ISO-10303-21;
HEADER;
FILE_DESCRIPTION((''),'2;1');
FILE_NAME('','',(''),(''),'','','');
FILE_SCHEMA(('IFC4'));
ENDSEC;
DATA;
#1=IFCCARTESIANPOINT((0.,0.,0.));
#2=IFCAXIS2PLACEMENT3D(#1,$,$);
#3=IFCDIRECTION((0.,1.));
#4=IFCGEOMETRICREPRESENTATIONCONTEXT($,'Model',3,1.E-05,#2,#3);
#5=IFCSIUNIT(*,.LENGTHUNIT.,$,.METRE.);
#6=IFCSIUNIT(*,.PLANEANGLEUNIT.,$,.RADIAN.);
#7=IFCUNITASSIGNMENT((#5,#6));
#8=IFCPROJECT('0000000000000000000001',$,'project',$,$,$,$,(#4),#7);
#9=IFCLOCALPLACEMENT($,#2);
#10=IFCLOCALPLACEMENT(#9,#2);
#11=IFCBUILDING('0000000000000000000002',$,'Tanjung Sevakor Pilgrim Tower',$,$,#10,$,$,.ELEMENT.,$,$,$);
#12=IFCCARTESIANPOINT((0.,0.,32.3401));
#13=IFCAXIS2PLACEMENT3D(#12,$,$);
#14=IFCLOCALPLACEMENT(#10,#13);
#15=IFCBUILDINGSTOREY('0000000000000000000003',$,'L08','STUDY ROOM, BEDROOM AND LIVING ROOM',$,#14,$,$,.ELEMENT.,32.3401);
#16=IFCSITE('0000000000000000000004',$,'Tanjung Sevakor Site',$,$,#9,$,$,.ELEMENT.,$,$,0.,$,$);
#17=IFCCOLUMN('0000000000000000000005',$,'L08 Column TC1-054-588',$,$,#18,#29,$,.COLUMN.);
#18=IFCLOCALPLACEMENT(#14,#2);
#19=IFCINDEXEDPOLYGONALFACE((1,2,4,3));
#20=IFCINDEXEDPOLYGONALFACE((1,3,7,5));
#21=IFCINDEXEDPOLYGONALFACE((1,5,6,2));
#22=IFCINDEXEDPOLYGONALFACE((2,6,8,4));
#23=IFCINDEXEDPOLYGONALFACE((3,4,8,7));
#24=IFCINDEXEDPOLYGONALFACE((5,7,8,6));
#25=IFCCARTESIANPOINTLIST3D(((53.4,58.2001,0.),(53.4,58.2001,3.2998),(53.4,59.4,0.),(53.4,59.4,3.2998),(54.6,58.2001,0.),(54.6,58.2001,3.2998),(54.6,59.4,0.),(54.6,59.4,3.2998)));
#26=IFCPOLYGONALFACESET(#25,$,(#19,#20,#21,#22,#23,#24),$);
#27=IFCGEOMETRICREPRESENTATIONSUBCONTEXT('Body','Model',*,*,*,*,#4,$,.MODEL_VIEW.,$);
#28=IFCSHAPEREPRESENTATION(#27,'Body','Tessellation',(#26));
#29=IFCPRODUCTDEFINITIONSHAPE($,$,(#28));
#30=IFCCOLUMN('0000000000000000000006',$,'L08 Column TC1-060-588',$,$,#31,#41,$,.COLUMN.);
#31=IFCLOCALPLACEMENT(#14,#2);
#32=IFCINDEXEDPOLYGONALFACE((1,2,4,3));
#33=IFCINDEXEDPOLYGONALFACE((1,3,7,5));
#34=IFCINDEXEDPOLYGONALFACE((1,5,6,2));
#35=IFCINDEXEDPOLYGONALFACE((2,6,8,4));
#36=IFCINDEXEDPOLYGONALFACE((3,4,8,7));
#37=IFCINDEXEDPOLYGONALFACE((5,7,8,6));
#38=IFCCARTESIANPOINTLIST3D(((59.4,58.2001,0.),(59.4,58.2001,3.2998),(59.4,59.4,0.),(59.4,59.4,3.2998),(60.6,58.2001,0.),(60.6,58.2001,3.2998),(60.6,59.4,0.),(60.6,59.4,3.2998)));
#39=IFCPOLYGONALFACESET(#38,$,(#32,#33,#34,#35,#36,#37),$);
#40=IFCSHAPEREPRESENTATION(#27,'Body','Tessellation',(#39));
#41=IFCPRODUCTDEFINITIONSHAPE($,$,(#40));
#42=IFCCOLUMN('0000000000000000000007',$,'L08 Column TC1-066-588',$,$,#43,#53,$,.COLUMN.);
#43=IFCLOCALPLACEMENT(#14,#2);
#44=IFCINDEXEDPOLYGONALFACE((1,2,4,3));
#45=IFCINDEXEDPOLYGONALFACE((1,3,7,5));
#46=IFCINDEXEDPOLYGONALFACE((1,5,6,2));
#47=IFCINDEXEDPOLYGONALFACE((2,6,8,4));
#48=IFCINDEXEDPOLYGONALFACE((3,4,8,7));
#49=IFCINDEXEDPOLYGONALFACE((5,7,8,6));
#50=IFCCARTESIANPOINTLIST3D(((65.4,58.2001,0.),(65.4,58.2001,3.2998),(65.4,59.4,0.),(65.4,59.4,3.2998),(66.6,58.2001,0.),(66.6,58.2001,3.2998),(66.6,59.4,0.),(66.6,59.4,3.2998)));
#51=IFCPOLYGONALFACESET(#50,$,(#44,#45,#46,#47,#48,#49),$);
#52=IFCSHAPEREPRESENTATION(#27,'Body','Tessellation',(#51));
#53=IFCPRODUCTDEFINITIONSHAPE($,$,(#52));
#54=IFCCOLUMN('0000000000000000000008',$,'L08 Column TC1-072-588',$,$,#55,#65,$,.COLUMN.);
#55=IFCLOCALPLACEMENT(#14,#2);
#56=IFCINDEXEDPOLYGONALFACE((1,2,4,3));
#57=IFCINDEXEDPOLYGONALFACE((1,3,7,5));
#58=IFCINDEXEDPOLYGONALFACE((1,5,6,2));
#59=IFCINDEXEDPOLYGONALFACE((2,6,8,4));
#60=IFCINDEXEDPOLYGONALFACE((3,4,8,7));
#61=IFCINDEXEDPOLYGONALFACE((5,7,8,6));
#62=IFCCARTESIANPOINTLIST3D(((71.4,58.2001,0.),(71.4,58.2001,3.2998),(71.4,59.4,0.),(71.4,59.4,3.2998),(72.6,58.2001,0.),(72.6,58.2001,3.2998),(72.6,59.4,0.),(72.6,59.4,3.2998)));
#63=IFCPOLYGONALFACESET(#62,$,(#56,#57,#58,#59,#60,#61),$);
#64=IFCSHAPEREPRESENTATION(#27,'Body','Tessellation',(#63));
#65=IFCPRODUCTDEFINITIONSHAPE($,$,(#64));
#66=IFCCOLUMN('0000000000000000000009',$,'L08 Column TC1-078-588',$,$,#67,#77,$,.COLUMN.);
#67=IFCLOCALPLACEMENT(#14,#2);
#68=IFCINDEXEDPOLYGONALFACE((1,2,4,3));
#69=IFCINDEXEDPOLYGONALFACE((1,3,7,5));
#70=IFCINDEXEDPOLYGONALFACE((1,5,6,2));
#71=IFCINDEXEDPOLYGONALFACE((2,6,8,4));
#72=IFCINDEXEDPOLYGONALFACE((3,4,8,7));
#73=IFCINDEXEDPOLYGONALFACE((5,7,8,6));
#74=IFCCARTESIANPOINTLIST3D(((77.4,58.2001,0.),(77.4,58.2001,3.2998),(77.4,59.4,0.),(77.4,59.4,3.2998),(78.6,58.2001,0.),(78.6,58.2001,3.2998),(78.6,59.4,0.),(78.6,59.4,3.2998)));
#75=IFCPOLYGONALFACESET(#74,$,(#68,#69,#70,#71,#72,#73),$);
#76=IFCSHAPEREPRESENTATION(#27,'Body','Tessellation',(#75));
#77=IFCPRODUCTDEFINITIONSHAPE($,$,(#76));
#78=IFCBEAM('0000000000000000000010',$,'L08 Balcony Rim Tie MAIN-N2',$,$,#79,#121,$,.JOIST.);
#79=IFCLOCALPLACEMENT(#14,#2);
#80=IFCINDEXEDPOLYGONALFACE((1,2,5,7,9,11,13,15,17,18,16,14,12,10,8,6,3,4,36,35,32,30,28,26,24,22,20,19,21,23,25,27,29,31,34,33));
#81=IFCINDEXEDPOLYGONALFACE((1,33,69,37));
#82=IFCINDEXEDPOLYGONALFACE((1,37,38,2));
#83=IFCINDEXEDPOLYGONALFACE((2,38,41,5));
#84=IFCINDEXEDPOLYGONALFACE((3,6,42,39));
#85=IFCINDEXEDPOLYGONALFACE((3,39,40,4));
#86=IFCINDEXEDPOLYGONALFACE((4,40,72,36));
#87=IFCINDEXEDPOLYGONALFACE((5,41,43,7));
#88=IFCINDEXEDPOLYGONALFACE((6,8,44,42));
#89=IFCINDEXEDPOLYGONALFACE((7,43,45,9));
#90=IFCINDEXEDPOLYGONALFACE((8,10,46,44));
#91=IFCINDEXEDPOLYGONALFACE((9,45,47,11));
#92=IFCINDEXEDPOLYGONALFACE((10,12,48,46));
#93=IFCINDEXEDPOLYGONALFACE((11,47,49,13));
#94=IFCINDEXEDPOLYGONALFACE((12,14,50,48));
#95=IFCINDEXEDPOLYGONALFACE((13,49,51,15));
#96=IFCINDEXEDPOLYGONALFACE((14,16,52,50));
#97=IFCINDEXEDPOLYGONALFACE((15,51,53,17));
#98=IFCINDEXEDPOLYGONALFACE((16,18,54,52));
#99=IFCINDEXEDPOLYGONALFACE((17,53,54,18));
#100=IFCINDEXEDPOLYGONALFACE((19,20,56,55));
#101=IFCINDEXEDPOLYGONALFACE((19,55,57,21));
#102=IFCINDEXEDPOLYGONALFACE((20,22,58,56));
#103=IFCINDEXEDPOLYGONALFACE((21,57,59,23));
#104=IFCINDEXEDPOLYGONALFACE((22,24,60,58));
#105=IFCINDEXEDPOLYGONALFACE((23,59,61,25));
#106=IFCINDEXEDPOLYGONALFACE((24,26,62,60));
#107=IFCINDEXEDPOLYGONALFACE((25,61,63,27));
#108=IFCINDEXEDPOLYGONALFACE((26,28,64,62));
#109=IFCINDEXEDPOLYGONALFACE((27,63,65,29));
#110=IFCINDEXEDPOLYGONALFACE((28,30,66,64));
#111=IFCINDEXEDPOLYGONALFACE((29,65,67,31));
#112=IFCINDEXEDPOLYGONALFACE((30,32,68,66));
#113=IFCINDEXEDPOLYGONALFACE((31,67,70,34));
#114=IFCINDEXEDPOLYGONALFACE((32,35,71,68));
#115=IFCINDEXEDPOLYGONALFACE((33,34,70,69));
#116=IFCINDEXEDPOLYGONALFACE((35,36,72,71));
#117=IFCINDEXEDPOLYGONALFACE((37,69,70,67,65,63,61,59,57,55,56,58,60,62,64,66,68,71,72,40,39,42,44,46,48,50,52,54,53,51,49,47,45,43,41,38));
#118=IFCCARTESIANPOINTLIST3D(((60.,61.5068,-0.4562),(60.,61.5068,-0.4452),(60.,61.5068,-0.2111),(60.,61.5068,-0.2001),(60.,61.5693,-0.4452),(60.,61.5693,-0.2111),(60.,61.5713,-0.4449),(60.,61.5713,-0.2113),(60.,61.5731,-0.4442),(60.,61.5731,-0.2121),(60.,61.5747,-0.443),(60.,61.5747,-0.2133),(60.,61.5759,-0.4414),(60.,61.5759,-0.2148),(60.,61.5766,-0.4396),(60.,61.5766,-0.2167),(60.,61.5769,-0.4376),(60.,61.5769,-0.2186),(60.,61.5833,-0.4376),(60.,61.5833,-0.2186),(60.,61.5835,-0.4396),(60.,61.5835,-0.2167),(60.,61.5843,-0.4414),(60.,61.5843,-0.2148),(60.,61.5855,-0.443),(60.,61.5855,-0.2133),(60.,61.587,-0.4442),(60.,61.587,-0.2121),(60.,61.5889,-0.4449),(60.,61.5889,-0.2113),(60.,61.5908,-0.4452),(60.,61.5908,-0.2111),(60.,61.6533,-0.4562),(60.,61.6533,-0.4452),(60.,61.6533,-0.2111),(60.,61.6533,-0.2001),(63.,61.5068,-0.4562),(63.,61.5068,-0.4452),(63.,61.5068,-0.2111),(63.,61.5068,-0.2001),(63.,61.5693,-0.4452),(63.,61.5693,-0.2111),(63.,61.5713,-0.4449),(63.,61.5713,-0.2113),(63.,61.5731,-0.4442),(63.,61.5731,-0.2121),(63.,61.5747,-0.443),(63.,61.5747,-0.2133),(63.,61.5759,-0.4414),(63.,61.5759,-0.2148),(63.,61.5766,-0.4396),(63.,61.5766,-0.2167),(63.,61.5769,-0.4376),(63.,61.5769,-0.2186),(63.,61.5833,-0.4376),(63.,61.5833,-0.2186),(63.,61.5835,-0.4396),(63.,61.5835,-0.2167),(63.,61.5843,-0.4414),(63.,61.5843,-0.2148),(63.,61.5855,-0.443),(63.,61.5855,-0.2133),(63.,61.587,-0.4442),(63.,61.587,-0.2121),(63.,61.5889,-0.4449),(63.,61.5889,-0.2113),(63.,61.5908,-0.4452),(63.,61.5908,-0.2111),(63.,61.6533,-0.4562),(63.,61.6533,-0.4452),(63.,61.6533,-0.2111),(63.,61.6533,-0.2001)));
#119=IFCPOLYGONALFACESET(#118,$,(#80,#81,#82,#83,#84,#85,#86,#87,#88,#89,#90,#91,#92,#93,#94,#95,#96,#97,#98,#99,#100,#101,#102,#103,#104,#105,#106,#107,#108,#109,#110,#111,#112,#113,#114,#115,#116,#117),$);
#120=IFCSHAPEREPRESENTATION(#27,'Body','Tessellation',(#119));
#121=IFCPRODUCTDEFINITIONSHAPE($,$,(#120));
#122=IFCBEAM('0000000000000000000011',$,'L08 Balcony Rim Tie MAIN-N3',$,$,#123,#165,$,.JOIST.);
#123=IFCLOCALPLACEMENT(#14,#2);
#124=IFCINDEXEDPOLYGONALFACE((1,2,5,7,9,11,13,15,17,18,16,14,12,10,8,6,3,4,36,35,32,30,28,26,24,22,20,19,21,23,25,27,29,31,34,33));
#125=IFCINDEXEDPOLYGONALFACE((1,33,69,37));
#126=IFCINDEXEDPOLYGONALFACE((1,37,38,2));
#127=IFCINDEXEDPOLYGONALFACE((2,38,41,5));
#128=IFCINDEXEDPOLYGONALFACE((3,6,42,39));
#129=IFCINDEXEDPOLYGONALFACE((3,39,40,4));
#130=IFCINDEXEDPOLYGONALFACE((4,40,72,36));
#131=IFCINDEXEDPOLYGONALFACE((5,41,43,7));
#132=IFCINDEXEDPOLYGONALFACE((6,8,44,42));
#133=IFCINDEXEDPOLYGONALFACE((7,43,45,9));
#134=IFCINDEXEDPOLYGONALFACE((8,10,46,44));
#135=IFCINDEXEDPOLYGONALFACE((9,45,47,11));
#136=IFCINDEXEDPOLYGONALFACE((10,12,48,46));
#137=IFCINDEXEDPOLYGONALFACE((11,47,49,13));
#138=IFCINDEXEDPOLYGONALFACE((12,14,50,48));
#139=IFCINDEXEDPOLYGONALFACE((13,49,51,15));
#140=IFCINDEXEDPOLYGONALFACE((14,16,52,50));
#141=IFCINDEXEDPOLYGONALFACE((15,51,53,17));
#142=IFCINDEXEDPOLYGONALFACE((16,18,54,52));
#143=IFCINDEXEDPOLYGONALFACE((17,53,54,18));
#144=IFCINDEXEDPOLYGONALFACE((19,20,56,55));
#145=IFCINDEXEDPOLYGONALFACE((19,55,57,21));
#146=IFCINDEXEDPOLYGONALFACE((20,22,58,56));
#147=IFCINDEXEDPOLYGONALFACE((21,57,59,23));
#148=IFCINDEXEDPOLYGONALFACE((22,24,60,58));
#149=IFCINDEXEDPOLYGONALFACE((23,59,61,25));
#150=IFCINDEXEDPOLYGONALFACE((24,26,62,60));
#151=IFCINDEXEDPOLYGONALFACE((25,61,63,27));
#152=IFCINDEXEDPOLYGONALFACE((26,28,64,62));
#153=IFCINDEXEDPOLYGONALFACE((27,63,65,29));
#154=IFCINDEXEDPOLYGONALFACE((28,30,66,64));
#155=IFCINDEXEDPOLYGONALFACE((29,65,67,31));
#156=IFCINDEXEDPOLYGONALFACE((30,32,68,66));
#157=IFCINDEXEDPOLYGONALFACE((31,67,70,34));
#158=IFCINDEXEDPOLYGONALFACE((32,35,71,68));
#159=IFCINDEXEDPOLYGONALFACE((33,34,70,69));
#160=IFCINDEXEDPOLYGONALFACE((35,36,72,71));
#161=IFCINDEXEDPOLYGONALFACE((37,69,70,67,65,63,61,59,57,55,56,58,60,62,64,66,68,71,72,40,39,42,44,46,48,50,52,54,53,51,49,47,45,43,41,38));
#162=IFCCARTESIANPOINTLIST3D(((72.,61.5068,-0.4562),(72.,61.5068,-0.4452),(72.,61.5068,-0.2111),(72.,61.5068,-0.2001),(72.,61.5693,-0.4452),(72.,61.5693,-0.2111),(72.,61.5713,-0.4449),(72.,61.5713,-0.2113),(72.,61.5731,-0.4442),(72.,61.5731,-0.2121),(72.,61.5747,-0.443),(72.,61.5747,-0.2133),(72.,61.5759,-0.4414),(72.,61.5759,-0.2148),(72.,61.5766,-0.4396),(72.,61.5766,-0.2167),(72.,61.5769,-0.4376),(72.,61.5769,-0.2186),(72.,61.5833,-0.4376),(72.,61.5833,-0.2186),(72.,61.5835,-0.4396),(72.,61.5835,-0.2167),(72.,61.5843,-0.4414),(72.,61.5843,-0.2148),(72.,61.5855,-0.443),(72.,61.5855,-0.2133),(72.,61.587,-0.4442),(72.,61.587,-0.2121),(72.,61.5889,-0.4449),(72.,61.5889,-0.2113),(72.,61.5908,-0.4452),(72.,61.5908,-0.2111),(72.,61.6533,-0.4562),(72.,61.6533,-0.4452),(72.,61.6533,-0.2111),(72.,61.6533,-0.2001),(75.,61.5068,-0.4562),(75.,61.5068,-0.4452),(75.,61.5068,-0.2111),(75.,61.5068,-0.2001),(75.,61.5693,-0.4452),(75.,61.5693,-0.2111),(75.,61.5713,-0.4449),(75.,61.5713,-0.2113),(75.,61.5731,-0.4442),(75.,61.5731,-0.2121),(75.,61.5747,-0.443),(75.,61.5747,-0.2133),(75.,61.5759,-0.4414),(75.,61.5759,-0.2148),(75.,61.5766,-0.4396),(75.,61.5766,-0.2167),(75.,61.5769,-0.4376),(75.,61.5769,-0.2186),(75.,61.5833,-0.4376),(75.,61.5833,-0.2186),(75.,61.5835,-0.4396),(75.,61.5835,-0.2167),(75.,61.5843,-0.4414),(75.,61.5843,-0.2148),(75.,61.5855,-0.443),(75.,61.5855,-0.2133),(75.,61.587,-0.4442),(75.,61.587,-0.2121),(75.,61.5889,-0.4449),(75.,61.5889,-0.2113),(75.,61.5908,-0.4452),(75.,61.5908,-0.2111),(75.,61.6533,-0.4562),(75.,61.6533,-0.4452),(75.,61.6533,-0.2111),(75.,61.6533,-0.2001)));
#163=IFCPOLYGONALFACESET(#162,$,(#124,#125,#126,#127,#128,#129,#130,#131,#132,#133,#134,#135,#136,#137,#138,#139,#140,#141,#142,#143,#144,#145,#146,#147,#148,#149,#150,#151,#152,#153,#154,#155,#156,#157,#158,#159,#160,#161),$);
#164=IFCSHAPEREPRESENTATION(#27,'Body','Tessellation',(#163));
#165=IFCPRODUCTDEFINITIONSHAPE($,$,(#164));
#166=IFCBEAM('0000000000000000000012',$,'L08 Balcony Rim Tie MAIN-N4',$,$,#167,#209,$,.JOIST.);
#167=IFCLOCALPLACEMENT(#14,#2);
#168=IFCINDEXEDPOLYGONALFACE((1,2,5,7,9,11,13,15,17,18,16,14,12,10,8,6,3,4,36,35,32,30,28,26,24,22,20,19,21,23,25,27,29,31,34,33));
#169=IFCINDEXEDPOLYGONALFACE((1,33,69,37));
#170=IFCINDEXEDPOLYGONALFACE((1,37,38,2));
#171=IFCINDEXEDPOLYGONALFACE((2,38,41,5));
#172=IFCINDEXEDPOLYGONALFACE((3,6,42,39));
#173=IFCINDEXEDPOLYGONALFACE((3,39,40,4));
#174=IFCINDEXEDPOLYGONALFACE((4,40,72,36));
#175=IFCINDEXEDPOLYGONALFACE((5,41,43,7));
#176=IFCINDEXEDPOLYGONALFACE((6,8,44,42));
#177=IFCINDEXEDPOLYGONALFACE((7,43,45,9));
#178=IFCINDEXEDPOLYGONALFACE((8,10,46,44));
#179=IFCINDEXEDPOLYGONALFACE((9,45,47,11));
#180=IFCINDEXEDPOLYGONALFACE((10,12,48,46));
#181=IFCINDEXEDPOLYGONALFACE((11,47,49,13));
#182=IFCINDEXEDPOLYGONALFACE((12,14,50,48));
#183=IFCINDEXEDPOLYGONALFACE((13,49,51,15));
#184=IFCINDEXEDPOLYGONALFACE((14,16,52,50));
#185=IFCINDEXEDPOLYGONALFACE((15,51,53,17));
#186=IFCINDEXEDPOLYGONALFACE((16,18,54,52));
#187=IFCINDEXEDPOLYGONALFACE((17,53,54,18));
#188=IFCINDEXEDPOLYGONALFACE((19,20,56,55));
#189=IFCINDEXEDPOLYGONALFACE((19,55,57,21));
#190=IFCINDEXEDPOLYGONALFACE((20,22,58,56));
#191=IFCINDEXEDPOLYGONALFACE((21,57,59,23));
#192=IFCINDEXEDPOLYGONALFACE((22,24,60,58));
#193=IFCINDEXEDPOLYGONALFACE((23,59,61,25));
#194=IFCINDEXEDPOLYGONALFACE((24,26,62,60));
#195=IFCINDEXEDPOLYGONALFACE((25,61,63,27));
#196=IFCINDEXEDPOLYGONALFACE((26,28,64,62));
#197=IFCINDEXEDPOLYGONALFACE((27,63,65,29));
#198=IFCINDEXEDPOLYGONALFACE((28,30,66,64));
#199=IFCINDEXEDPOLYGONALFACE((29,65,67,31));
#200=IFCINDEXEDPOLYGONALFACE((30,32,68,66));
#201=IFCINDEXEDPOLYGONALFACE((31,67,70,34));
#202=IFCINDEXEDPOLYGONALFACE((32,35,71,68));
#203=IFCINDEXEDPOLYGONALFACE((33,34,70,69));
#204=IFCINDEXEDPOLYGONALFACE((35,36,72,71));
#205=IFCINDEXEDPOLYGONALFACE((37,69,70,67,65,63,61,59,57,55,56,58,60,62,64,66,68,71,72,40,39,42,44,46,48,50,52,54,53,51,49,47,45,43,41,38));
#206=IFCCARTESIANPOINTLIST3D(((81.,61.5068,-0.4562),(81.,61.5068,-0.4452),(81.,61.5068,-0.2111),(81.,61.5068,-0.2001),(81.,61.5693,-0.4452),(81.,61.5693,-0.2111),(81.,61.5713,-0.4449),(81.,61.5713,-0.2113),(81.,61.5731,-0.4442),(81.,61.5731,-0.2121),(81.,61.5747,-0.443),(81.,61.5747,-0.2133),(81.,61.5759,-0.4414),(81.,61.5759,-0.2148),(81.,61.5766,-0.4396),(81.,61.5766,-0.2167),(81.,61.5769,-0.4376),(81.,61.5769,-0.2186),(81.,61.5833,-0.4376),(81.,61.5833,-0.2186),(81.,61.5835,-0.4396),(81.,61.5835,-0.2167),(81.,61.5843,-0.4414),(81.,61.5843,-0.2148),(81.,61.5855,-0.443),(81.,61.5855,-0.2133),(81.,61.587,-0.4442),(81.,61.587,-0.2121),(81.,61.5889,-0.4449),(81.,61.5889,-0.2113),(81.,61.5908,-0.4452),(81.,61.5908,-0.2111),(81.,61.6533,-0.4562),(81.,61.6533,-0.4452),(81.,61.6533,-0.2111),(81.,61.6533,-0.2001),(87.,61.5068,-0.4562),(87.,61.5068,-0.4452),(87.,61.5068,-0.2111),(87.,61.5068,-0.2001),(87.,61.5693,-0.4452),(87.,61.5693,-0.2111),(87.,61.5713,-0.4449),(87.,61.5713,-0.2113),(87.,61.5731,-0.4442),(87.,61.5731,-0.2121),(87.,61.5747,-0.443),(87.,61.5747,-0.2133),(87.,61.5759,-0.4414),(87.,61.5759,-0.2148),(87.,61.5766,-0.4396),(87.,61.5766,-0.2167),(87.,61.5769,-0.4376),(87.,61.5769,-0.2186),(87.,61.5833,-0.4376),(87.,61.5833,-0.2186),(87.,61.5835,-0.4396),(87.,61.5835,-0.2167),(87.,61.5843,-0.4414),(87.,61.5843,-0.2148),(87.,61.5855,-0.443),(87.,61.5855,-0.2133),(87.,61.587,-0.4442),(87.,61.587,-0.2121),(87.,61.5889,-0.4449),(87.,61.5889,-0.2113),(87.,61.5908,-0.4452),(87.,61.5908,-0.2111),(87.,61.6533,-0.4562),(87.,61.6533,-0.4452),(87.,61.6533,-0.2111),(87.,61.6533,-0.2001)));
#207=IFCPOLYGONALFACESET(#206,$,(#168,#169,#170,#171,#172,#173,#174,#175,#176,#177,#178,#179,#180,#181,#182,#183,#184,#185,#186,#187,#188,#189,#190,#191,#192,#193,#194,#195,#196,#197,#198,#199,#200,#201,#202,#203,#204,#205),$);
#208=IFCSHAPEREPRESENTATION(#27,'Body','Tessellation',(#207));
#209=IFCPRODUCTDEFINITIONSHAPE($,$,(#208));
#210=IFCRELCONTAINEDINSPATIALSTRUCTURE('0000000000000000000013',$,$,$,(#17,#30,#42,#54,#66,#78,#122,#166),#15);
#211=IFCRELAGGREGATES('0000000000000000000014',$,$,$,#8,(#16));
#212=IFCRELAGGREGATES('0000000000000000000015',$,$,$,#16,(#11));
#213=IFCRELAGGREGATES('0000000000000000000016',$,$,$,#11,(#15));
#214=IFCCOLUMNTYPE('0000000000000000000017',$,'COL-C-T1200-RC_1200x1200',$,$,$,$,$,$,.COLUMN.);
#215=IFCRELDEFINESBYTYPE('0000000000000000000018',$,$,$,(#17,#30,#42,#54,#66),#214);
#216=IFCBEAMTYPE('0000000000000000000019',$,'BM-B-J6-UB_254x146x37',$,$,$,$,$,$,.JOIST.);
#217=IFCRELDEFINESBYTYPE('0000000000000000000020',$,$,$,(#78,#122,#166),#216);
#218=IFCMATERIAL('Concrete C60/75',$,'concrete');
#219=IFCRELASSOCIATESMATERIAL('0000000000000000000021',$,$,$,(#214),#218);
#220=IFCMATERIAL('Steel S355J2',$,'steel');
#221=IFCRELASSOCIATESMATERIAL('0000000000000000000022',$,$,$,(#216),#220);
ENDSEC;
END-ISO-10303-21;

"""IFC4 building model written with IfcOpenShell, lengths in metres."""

from ifc_helpers import new_model, si_unit, direction, frame, origin, origin_2d, place, context, subcontext, project, spatial, rectangle, i_section, extrude, material, material_profile, profile_set, type_object, element, save


model = new_model("IFC4")

# Units and contexts
model_context = context("Model", 3, precision=1e-05, world=origin(), true_north=direction((0.0, 1.0)))
body_context = subcontext(model_context, "Body", "Model", "MODEL_VIEW")
ifc_project = project(units=[si_unit("LENGTHUNIT", "METRE"), si_unit("PLANEANGLEUNIT", "RADIAN")], contexts=[model_context])

# Site, building, storey
site_placement = place(None, origin())
site = spatial("IfcSite", under=ifc_project, at=site_placement, Name="Tanjung Sevakor Site", CompositionType="ELEMENT", RefElevation=0.0)
building_placement = place(site_placement, origin())
building = spatial("IfcBuilding", under=site, at=building_placement, Name="Tanjung Sevakor Pilgrim Tower", CompositionType="ELEMENT")
storey_placement = place(building_placement, frame((0.0, 0.0, 32.3401)))
storey = spatial("IfcBuildingStorey", under=building, at=storey_placement, Name="L08", Description="STUDY ROOM, BEDROOM AND LIVING ROOM", CompositionType="ELEMENT", Elevation=32.3401)

# Columns
ifc_material_1 = material(Name="Concrete C60/75", Category="concrete")
ifc_material_profile_1 = material_profile(ifc_material_1, rectangle(XDim=1.2, YDim=1.2, at=origin_2d()))
ifc_profile_set_1 = profile_set([ifc_material_profile_1], Name="Concrete C60/75")
column_type = type_object("IfcColumnType", Name="COL-C-T1200-RC_1200x1200", PredefinedType="COLUMN", material=ifc_profile_set_1)
for number, where, z_axis, x_axis, name in (
    (1, (54.0, 58.8, 0.0), (0.0, 0.0, 1.0), (1.0, 0.0, 0.0), "L08 Column TC1-054-588"),
    (2, (60.0, 58.8, 0.0), (0.0, 0.0, 1.0), (1.0, 0.0, 0.0), "L08 Column TC1-060-588"),
    (3, (66.0, 58.8, 0.0), (0.0, 0.0, 1.0), (1.0, 0.0, 0.0), "L08 Column TC1-066-588"),
    (4, (72.0, 58.8, 0.0), (0.0, 0.0, 1.0), (1.0, 0.0, 0.0), "L08 Column TC1-072-588"),
    (5, (78.0, 58.8, 0.0), (0.0, 0.0, 1.0), (1.0, 0.0, 0.0), "L08 Column TC1-078-588"),
):
    element("IfcColumn", number, at=place(storey_placement, frame(where, z_axis=z_axis, x_axis=x_axis)), inside=storey, type_object=column_type, Name=name, PredefinedType="COLUMN", context=body_context, shape_type="SweptSolid", body=[
        extrude(rectangle(XDim=1.2, YDim=1.2, at=origin_2d()), origin(), (0.0, 0.0, 1.0), 3.2998),
    ])

# Beams
ifc_material_2 = material(Name="Steel S355J2", Category="steel")
ifc_material_profile_2 = material_profile(ifc_material_2, i_section(OverallWidth=0.1465, OverallDepth=0.2561, WebThickness=0.0063, FlangeThickness=0.011, FilletRadius=0.0076, at=origin_2d()))
ifc_profile_set_2 = profile_set([ifc_material_profile_2], Name="Steel S355J2")
beam_type_1 = type_object("IfcBeamType", Name="BM-B-J6-UB_254x146x37", PredefinedType="JOIST", material=ifc_profile_set_2)
for number, where, z_axis, x_axis, name in (
    (6, (60.0, 61.5801, -0.3281), (1.0, 0.0, 0.0), (0.0, 1.0, 0.0), "L08 Balcony Rim Tie MAIN-N2"),
    (7, (72.0, 61.5801, -0.3281), (1.0, 0.0, 0.0), (0.0, 1.0, 0.0), "L08 Balcony Rim Tie MAIN-N3"),
):
    element("IfcBeam", number, at=place(storey_placement, frame(where, z_axis=z_axis, x_axis=x_axis)), inside=storey, type_object=beam_type_1, Name=name, PredefinedType="JOIST", context=body_context, shape_type="SweptSolid", body=[
        extrude(i_section(OverallWidth=0.1465, OverallDepth=0.2561, WebThickness=0.0063, FlangeThickness=0.011, FilletRadius=0.0076, at=origin_2d()), origin(), (0.0, 0.0, 1.0), 3.0),
    ])
beam_placement = place(storey_placement, frame((81.0, 61.5801, -0.3281), z_axis=(1.0, 0.0, 0.0), x_axis=(0.0, 1.0, 0.0)))
element("IfcBeam", 8, at=beam_placement, inside=storey, type_object=beam_type_1, Name="L08 Balcony Rim Tie MAIN-N4", PredefinedType="JOIST", context=body_context, shape_type="SweptSolid", body=[
    extrude(i_section(OverallWidth=0.1465, OverallDepth=0.2561, WebThickness=0.0063, FlangeThickness=0.011, FilletRadius=0.0076, at=origin_2d()), origin(), (0.0, 0.0, 1.0), 6.0),
])

save(model, "model.ifc")
